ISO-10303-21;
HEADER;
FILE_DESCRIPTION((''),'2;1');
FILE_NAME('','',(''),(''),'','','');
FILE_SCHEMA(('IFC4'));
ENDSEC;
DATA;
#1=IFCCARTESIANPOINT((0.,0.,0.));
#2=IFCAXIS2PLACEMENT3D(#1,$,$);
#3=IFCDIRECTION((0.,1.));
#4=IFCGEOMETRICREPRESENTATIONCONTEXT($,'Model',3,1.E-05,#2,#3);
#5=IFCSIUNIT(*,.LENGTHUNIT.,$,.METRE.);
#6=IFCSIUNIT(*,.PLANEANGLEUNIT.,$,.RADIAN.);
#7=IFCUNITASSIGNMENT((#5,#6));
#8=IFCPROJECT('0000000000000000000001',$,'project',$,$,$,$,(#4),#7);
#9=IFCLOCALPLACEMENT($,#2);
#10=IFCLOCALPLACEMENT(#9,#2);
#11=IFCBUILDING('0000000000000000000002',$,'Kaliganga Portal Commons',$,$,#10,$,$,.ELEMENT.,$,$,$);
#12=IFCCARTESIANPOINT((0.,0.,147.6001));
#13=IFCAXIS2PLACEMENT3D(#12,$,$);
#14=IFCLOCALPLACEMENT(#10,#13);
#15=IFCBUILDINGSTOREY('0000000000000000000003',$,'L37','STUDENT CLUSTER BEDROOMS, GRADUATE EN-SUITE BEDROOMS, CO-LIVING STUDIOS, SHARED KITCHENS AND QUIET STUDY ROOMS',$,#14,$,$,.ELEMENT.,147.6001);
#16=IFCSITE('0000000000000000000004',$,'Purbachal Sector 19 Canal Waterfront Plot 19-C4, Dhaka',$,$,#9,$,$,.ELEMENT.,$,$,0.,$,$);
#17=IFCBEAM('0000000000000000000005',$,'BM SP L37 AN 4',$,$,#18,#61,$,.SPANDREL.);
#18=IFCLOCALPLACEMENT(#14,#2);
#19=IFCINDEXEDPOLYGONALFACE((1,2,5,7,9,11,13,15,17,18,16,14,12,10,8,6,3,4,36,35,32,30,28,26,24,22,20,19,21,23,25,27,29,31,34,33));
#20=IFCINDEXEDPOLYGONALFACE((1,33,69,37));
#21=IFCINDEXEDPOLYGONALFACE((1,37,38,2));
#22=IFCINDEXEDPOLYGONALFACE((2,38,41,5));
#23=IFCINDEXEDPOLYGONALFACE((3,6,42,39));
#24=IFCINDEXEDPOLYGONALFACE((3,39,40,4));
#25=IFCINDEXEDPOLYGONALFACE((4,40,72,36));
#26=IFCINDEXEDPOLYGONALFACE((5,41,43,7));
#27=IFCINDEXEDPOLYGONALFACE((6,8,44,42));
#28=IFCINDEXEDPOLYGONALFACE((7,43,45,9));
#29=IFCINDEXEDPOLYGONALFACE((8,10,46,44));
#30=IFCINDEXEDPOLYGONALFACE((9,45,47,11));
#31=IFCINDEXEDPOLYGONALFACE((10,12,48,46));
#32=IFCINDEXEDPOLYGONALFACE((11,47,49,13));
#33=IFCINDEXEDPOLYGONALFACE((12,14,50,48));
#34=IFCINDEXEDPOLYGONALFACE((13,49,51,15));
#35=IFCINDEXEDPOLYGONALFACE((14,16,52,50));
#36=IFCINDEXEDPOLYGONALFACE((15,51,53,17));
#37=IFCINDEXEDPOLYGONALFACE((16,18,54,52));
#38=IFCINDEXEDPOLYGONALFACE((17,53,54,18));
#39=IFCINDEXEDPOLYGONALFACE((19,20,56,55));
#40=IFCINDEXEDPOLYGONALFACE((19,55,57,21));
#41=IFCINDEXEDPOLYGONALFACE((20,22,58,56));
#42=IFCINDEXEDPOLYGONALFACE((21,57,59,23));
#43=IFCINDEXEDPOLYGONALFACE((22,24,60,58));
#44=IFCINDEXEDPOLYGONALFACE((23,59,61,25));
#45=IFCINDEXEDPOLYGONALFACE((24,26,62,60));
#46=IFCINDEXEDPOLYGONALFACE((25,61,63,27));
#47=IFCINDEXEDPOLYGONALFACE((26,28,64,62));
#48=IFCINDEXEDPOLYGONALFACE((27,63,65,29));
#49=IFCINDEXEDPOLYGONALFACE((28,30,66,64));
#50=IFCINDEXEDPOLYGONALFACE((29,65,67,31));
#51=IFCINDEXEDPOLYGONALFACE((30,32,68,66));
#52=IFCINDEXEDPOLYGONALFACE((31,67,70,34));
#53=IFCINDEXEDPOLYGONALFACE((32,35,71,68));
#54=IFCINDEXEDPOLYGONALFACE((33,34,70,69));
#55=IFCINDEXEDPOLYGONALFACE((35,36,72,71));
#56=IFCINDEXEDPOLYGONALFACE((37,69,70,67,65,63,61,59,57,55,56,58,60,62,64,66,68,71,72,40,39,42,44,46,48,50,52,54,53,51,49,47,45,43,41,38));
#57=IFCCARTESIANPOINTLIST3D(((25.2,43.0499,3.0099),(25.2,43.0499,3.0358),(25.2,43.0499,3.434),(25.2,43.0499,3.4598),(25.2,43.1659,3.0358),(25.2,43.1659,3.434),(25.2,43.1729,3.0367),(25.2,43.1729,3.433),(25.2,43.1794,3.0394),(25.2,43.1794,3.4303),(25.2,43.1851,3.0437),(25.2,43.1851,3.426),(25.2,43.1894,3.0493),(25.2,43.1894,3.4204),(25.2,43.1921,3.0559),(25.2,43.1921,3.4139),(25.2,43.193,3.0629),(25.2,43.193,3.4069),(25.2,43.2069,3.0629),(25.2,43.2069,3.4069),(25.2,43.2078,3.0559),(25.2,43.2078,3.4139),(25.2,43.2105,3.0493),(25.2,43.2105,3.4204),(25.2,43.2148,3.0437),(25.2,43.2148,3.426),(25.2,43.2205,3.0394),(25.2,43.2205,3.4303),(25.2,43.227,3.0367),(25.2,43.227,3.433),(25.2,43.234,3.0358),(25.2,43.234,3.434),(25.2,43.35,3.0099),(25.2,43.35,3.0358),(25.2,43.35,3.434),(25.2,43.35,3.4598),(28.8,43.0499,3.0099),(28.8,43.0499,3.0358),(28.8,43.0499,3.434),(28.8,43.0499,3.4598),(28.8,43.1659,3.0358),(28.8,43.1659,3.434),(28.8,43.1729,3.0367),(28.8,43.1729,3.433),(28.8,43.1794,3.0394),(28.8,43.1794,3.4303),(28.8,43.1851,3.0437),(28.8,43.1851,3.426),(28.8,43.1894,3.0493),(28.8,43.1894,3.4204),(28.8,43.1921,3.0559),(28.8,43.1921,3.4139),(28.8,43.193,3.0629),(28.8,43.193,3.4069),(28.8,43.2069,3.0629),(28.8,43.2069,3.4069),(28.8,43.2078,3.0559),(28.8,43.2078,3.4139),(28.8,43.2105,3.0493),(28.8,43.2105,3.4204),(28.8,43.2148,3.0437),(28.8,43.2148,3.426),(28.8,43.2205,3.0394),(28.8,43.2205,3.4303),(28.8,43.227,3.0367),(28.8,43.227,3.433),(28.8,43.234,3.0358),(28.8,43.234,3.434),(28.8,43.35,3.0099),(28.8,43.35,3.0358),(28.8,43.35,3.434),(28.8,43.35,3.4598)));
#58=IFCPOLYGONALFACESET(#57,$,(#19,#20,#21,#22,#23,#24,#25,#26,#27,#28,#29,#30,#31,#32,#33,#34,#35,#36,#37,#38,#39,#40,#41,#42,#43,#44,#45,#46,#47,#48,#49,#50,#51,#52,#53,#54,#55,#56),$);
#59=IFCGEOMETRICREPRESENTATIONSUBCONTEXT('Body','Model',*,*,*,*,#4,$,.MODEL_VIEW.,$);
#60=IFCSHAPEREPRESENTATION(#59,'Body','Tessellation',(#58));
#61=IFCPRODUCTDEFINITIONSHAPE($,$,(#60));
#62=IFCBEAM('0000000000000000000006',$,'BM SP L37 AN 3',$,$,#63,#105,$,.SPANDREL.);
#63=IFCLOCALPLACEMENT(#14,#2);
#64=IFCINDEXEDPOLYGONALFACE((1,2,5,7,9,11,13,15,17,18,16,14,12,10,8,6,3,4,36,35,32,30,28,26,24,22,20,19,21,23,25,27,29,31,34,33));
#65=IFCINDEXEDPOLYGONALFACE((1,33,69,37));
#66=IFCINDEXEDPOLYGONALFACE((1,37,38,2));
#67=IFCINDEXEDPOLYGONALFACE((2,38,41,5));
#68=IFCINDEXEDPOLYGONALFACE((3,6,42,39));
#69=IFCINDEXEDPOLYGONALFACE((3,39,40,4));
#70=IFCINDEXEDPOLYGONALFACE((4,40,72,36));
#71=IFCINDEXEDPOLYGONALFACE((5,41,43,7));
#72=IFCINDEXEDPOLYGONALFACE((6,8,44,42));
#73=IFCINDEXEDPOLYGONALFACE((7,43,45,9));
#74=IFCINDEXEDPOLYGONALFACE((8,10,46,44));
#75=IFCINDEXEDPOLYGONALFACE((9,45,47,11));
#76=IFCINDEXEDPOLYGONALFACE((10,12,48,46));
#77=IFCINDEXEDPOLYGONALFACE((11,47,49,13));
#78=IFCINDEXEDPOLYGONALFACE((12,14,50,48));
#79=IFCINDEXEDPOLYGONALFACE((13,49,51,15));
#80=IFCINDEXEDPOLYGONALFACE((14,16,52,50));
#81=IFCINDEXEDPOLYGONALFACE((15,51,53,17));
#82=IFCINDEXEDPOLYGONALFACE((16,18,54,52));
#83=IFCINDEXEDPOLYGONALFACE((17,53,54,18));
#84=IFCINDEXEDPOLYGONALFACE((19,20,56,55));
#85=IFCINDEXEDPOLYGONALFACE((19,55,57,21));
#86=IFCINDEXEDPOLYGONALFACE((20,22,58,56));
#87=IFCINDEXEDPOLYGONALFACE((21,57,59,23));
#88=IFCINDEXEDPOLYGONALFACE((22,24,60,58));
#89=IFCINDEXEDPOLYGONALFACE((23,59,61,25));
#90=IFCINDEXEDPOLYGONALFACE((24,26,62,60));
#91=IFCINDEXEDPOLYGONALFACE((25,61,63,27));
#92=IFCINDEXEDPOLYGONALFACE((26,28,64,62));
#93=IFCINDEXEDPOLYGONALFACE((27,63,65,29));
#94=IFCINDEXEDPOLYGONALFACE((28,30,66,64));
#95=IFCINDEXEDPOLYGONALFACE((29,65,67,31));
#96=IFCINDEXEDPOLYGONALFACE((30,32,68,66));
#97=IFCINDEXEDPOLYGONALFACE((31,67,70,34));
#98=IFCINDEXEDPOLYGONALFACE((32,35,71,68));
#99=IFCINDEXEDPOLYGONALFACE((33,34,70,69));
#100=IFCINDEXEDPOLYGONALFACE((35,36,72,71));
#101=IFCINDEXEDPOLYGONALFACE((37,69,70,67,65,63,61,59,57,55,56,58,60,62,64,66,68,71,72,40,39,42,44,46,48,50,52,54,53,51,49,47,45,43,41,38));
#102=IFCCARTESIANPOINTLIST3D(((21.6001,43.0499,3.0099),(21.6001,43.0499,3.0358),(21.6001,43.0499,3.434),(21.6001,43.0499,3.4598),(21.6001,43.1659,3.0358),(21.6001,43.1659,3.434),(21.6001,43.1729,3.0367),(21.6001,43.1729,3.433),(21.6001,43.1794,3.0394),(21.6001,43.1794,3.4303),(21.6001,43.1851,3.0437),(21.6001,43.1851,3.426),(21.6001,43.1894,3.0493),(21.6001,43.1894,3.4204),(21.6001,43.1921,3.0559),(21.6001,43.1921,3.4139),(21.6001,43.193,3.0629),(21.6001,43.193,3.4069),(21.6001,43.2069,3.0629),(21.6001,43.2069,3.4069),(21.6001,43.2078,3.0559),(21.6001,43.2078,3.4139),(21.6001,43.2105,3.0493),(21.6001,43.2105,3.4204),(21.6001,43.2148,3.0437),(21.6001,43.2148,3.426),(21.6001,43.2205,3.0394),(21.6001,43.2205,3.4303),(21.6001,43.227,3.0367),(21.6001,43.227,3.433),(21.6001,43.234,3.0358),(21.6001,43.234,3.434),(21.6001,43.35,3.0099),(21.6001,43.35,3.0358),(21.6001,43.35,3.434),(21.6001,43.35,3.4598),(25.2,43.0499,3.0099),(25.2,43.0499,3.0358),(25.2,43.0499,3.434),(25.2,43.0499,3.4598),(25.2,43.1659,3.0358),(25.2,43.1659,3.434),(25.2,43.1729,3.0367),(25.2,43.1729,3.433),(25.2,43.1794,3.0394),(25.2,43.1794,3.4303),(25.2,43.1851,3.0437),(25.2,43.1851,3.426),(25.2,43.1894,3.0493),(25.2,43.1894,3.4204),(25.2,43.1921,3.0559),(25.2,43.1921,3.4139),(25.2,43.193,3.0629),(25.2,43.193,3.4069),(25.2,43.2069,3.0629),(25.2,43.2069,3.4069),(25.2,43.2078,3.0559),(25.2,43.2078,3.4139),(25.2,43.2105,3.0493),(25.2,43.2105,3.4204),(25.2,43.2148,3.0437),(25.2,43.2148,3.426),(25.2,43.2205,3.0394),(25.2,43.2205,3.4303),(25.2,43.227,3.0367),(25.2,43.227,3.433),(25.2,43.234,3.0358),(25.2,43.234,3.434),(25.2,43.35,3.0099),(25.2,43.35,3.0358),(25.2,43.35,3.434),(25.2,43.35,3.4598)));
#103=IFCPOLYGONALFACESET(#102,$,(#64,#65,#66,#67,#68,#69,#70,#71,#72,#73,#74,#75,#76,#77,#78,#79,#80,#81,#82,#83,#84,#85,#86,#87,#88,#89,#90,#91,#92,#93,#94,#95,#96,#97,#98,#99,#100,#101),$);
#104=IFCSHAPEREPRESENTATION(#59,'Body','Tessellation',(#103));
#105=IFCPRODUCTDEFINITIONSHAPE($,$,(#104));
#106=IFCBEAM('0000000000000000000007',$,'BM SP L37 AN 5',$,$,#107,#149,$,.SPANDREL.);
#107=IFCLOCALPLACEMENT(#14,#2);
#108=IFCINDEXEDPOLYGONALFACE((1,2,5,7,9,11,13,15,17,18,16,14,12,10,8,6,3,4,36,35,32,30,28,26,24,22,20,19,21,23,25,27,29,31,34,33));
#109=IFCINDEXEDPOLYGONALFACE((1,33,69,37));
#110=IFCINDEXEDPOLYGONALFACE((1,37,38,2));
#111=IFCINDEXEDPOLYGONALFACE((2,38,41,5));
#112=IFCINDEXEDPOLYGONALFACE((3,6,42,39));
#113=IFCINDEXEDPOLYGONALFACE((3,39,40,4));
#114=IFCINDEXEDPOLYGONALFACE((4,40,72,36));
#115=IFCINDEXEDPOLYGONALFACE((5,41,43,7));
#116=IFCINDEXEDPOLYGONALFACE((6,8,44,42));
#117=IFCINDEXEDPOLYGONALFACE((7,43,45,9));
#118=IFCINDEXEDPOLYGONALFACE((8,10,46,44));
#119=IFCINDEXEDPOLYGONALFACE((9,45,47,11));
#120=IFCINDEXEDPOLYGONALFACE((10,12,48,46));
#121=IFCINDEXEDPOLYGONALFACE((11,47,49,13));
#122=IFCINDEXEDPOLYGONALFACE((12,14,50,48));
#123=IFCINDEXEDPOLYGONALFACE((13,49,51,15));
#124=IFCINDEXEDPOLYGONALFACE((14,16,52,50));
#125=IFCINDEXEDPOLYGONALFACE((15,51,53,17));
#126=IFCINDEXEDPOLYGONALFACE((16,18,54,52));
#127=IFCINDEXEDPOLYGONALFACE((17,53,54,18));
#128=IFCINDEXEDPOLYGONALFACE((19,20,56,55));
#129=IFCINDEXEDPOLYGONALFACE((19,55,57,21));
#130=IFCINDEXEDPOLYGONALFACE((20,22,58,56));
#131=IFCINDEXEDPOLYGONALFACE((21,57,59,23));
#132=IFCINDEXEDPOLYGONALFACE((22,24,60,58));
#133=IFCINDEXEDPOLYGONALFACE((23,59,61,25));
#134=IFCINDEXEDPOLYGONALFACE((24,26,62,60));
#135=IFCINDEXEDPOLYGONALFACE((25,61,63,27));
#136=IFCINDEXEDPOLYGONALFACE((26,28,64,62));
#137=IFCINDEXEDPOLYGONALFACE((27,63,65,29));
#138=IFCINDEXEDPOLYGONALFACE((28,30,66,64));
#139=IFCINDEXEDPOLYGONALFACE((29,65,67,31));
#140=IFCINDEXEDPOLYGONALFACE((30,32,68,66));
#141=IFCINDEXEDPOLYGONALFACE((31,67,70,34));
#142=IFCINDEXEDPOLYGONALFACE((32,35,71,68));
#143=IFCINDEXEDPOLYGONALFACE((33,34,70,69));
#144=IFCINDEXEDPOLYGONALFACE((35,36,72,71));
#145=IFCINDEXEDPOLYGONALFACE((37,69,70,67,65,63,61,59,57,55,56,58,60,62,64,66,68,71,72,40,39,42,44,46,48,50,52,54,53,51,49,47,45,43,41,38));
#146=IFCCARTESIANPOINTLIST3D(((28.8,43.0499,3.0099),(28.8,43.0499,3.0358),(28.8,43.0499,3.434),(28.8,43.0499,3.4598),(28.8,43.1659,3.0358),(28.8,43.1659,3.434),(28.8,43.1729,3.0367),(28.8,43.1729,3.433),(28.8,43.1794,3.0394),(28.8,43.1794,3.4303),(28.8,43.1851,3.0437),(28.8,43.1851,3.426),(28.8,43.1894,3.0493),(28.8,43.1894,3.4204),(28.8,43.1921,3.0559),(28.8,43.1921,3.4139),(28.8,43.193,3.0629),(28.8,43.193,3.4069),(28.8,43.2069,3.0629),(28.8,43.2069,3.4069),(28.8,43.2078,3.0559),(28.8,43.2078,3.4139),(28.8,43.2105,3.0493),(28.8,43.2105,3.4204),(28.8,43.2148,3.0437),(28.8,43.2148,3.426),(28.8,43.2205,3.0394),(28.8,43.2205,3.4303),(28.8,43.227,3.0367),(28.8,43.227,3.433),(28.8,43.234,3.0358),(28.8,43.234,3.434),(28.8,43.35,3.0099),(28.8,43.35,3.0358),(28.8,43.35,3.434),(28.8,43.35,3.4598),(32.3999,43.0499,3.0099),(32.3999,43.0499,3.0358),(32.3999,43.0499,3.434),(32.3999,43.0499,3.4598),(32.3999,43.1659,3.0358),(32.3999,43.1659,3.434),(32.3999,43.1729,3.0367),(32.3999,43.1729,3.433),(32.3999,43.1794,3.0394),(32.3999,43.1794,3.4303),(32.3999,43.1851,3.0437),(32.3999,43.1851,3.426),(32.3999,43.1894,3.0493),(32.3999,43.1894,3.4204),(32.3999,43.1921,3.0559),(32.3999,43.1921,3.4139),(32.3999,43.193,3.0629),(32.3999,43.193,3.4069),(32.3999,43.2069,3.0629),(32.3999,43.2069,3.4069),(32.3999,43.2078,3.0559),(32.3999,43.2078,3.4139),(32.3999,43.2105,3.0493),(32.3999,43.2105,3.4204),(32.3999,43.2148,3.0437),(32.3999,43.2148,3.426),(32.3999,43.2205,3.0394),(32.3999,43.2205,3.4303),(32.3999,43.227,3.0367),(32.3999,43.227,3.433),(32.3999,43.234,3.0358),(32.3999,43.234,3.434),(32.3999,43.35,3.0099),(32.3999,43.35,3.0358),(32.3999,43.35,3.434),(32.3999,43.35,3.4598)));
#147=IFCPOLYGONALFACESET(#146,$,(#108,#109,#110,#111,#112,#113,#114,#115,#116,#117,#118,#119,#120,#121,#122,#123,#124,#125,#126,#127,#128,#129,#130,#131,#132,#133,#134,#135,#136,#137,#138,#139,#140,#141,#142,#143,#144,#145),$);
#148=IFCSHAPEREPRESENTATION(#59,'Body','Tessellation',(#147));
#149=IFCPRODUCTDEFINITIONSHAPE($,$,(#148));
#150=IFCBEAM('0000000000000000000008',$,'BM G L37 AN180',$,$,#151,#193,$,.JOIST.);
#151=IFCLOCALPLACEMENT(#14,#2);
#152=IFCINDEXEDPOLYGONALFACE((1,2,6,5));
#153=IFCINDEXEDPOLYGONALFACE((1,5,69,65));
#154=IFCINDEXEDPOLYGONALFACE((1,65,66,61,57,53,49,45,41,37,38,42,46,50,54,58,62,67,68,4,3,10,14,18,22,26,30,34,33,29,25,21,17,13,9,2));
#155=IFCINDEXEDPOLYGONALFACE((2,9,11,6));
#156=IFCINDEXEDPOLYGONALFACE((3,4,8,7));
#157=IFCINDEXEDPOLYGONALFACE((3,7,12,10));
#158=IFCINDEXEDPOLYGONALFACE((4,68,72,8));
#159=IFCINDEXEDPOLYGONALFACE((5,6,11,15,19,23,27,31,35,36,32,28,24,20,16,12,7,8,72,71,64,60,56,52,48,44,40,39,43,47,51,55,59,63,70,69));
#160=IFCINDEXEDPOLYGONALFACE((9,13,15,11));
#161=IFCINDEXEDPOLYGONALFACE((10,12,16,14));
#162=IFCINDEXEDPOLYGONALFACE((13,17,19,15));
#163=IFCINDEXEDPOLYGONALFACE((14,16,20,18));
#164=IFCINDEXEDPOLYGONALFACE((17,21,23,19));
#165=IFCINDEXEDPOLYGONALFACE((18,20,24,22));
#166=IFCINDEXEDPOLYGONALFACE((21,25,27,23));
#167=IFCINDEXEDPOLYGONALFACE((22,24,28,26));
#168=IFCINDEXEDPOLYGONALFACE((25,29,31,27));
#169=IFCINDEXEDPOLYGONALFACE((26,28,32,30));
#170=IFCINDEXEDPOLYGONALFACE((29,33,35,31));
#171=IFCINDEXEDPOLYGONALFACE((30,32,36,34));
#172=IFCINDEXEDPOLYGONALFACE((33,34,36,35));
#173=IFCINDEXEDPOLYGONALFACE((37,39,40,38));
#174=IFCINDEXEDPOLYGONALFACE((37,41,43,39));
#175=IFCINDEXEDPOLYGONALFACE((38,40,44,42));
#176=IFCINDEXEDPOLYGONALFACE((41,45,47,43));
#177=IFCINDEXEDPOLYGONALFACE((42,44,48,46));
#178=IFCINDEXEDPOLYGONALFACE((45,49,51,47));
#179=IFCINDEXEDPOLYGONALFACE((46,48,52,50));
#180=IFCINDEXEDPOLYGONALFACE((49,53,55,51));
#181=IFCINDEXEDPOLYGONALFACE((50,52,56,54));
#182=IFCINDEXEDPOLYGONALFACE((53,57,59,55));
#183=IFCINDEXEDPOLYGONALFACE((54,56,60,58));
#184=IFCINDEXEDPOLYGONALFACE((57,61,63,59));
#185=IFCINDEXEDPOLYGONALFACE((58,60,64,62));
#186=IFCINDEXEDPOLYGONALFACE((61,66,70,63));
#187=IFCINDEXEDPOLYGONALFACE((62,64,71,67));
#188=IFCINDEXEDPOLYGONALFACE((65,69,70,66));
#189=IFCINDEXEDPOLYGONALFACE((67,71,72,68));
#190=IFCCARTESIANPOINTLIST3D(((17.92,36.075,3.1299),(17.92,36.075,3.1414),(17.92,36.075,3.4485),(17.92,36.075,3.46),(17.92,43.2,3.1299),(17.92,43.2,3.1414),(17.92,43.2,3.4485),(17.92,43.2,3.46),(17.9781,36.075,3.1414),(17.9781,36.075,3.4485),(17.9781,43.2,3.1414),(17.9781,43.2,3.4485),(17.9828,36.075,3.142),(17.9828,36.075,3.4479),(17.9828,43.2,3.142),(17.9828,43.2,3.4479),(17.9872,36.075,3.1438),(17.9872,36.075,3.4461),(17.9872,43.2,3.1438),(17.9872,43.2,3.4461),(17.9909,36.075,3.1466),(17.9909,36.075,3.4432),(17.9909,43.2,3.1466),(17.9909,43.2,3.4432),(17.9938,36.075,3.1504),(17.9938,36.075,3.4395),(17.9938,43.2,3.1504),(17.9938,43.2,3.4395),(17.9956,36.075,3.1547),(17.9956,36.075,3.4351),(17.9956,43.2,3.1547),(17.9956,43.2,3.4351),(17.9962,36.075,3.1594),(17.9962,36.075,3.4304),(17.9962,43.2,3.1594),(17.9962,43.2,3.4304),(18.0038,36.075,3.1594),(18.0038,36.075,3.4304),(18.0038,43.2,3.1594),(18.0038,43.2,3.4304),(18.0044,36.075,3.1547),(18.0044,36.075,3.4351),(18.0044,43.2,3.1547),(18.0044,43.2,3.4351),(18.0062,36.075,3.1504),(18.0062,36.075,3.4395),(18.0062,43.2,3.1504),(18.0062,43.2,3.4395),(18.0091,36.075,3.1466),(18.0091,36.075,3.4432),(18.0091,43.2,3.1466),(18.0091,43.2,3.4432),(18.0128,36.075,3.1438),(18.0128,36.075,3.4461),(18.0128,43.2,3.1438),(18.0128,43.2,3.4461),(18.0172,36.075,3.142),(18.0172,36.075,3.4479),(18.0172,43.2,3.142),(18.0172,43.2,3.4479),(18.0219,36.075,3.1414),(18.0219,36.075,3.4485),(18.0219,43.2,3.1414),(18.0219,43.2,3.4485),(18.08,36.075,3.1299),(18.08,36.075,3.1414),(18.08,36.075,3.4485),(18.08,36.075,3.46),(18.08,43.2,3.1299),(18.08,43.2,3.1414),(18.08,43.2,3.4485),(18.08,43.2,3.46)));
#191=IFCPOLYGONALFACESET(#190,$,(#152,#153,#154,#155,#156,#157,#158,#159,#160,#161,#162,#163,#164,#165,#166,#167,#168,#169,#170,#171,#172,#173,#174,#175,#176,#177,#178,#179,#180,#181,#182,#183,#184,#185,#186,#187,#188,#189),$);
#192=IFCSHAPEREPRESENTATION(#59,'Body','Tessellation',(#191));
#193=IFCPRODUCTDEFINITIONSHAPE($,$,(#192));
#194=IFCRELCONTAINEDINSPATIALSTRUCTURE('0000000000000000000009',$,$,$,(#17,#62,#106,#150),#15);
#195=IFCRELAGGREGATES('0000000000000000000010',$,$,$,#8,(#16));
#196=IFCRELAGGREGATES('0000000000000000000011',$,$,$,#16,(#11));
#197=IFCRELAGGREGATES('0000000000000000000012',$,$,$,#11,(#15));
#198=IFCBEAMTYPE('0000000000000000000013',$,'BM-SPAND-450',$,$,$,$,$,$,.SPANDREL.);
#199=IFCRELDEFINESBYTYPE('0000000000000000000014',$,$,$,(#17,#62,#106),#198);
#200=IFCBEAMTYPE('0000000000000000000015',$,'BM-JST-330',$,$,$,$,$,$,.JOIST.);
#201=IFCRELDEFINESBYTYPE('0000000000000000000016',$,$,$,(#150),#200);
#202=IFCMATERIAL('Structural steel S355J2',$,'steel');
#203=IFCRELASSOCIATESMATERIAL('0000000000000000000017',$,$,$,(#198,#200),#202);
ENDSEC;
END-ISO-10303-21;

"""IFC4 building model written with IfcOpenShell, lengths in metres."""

from ifc_helpers import new_model, si_unit, direction, frame, origin, origin_2d, place, context, subcontext, project, spatial, i_section, extrude, source, transform, mapped, material, material_profile, profile_set, type_object, element, save


model = new_model("IFC4")

# Units and contexts
model_context = context("Model", 3, precision=1e-05, world=origin(), true_north=direction((0.0, 1.0)))
body_context = subcontext(model_context, "Body", "Model", "MODEL_VIEW")
ifc_project = project(units=[si_unit("LENGTHUNIT", "METRE"), si_unit("PLANEANGLEUNIT", "RADIAN")], contexts=[model_context])

# Site, building, storey
site_placement = place(None, origin())
site = spatial("IfcSite", under=ifc_project, at=site_placement, Name="Purbachal Sector 19 Canal Waterfront Plot 19-C4, Dhaka", CompositionType="ELEMENT", RefElevation=0.0)
building_placement = place(site_placement, origin())
building = spatial("IfcBuilding", under=site, at=building_placement, Name="Kaliganga Portal Commons", CompositionType="ELEMENT")
storey_placement = place(building_placement, frame((0.0, 0.0, 147.6001)))
storey = spatial("IfcBuildingStorey", under=building, at=storey_placement, Name="L37", Description="STUDENT CLUSTER BEDROOMS, GRADUATE EN-SUITE BEDROOMS, CO-LIVING STUDIOS, SHARED KITCHENS AND QUIET STUDY ROOMS", CompositionType="ELEMENT", Elevation=147.6001)

# Beams
ifc_material_1 = material(Name="Structural steel S355J2", Category="steel")
ifc_material_profile_1 = material_profile(ifc_material_1, i_section(OverallWidth=0.3, OverallDepth=0.45, WebThickness=0.0139, FlangeThickness=0.0259, FilletRadius=0.0271, at=origin_2d()), Name="HE 450 B")
ifc_profile_set_1 = profile_set([ifc_material_profile_1], Name="Structural steel S355J2 wide-flange")
beam_type_1 = type_object("IfcBeamType", Name="BM-SPAND-450", PredefinedType="SPANDREL", material=ifc_profile_set_1)
shared_shape_1 = source(origin(), body_context, "Body", "SweptSolid", [
    extrude(i_section(OverallWidth=0.3, OverallDepth=0.45, WebThickness=0.0139, FlangeThickness=0.0259, FilletRadius=0.0271, at=origin_2d()), origin(), (0.0, 0.0, 1.0), 3.6001),
])
for number, where, z_axis, x_axis, name in (
    (1, (25.2, 43.2, 3.2349), (1.0, 0.0, 0.0), (0.0, 1.0, 0.0), "BM SP L37 AN 4"),
):
    element("IfcBeam", number, at=place(storey_placement, frame(where, z_axis=z_axis, x_axis=x_axis)), inside=storey, type_object=beam_type_1, Name=name, PredefinedType="SPANDREL", context=body_context, shape_type="MappedRepresentation", body=[
        mapped(shared_shape_1, transform((0.0, 0.0, 0.0), x_axis=(1.0, 0.0, 0.0), y_axis=(0.0, 1.0, 0.0), z_axis=(0.0, 0.0, 1.0), scale=1.0)),
    ])
shared_shape_2 = source(origin(), body_context, "Body", "SweptSolid", [
    extrude(i_section(OverallWidth=0.3, OverallDepth=0.45, WebThickness=0.0139, FlangeThickness=0.0259, FilletRadius=0.0271, at=origin_2d()), origin(), (0.0, 0.0, 1.0), 3.5999),
])
for number, where, z_axis, x_axis, name in (
    (2, (21.6001, 43.2, 3.2349), (1.0, 0.0, 0.0), (0.0, 1.0, 0.0), "BM SP L37 AN 3"),
    (3, (28.8, 43.2, 3.2349), (1.0, 0.0, 0.0), (0.0, 1.0, 0.0), "BM SP L37 AN 5"),
):
    element("IfcBeam", number, at=place(storey_placement, frame(where, z_axis=z_axis, x_axis=x_axis)), inside=storey, type_object=beam_type_1, Name=name, PredefinedType="SPANDREL", context=body_context, shape_type="MappedRepresentation", body=[
        mapped(shared_shape_2, transform((0.0, 0.0, 0.0), x_axis=(1.0, 0.0, 0.0), y_axis=(0.0, 1.0, 0.0), z_axis=(0.0, 0.0, 1.0), scale=1.0)),
    ])
ifc_material_profile_2 = material_profile(ifc_material_1, i_section(OverallWidth=0.1599, OverallDepth=0.3301, WebThickness=0.0076, FlangeThickness=0.0115, FilletRadius=0.0181, at=origin_2d()), Name="IPE 330")
ifc_profile_set_2 = profile_set([ifc_material_profile_2], Name="Structural steel S355J2 wide-flange")
beam_type_2 = type_object("IfcBeamType", Name="BM-JST-330", PredefinedType="JOIST", material=ifc_profile_set_2)
shared_shape_3 = source(origin(), body_context, "Body", "SweptSolid", [
    extrude(i_section(OverallWidth=0.1599, OverallDepth=0.3301, WebThickness=0.0076, FlangeThickness=0.0115, FilletRadius=0.0181, at=origin_2d()), origin(), (0.0, 0.0, 1.0), 7.125),
])
for number, where, z_axis, x_axis, name in (
    (4, (18.0, 36.075, 3.2949), (0.0, 1.0, 0.0), (-1.0, 0.0, 0.0), "BM G L37 AN180"),
):
    element("IfcBeam", number, at=place(storey_placement, frame(where, z_axis=z_axis, x_axis=x_axis)), inside=storey, type_object=beam_type_2, Name=name, PredefinedType="JOIST", context=body_context, shape_type="MappedRepresentation", body=[
        mapped(shared_shape_3, transform((0.0, 0.0, 0.0), x_axis=(1.0, 0.0, 0.0), y_axis=(0.0, 1.0, 0.0), z_axis=(0.0, 0.0, 1.0), scale=1.0)),
    ])

save(model, "model.ifc")
